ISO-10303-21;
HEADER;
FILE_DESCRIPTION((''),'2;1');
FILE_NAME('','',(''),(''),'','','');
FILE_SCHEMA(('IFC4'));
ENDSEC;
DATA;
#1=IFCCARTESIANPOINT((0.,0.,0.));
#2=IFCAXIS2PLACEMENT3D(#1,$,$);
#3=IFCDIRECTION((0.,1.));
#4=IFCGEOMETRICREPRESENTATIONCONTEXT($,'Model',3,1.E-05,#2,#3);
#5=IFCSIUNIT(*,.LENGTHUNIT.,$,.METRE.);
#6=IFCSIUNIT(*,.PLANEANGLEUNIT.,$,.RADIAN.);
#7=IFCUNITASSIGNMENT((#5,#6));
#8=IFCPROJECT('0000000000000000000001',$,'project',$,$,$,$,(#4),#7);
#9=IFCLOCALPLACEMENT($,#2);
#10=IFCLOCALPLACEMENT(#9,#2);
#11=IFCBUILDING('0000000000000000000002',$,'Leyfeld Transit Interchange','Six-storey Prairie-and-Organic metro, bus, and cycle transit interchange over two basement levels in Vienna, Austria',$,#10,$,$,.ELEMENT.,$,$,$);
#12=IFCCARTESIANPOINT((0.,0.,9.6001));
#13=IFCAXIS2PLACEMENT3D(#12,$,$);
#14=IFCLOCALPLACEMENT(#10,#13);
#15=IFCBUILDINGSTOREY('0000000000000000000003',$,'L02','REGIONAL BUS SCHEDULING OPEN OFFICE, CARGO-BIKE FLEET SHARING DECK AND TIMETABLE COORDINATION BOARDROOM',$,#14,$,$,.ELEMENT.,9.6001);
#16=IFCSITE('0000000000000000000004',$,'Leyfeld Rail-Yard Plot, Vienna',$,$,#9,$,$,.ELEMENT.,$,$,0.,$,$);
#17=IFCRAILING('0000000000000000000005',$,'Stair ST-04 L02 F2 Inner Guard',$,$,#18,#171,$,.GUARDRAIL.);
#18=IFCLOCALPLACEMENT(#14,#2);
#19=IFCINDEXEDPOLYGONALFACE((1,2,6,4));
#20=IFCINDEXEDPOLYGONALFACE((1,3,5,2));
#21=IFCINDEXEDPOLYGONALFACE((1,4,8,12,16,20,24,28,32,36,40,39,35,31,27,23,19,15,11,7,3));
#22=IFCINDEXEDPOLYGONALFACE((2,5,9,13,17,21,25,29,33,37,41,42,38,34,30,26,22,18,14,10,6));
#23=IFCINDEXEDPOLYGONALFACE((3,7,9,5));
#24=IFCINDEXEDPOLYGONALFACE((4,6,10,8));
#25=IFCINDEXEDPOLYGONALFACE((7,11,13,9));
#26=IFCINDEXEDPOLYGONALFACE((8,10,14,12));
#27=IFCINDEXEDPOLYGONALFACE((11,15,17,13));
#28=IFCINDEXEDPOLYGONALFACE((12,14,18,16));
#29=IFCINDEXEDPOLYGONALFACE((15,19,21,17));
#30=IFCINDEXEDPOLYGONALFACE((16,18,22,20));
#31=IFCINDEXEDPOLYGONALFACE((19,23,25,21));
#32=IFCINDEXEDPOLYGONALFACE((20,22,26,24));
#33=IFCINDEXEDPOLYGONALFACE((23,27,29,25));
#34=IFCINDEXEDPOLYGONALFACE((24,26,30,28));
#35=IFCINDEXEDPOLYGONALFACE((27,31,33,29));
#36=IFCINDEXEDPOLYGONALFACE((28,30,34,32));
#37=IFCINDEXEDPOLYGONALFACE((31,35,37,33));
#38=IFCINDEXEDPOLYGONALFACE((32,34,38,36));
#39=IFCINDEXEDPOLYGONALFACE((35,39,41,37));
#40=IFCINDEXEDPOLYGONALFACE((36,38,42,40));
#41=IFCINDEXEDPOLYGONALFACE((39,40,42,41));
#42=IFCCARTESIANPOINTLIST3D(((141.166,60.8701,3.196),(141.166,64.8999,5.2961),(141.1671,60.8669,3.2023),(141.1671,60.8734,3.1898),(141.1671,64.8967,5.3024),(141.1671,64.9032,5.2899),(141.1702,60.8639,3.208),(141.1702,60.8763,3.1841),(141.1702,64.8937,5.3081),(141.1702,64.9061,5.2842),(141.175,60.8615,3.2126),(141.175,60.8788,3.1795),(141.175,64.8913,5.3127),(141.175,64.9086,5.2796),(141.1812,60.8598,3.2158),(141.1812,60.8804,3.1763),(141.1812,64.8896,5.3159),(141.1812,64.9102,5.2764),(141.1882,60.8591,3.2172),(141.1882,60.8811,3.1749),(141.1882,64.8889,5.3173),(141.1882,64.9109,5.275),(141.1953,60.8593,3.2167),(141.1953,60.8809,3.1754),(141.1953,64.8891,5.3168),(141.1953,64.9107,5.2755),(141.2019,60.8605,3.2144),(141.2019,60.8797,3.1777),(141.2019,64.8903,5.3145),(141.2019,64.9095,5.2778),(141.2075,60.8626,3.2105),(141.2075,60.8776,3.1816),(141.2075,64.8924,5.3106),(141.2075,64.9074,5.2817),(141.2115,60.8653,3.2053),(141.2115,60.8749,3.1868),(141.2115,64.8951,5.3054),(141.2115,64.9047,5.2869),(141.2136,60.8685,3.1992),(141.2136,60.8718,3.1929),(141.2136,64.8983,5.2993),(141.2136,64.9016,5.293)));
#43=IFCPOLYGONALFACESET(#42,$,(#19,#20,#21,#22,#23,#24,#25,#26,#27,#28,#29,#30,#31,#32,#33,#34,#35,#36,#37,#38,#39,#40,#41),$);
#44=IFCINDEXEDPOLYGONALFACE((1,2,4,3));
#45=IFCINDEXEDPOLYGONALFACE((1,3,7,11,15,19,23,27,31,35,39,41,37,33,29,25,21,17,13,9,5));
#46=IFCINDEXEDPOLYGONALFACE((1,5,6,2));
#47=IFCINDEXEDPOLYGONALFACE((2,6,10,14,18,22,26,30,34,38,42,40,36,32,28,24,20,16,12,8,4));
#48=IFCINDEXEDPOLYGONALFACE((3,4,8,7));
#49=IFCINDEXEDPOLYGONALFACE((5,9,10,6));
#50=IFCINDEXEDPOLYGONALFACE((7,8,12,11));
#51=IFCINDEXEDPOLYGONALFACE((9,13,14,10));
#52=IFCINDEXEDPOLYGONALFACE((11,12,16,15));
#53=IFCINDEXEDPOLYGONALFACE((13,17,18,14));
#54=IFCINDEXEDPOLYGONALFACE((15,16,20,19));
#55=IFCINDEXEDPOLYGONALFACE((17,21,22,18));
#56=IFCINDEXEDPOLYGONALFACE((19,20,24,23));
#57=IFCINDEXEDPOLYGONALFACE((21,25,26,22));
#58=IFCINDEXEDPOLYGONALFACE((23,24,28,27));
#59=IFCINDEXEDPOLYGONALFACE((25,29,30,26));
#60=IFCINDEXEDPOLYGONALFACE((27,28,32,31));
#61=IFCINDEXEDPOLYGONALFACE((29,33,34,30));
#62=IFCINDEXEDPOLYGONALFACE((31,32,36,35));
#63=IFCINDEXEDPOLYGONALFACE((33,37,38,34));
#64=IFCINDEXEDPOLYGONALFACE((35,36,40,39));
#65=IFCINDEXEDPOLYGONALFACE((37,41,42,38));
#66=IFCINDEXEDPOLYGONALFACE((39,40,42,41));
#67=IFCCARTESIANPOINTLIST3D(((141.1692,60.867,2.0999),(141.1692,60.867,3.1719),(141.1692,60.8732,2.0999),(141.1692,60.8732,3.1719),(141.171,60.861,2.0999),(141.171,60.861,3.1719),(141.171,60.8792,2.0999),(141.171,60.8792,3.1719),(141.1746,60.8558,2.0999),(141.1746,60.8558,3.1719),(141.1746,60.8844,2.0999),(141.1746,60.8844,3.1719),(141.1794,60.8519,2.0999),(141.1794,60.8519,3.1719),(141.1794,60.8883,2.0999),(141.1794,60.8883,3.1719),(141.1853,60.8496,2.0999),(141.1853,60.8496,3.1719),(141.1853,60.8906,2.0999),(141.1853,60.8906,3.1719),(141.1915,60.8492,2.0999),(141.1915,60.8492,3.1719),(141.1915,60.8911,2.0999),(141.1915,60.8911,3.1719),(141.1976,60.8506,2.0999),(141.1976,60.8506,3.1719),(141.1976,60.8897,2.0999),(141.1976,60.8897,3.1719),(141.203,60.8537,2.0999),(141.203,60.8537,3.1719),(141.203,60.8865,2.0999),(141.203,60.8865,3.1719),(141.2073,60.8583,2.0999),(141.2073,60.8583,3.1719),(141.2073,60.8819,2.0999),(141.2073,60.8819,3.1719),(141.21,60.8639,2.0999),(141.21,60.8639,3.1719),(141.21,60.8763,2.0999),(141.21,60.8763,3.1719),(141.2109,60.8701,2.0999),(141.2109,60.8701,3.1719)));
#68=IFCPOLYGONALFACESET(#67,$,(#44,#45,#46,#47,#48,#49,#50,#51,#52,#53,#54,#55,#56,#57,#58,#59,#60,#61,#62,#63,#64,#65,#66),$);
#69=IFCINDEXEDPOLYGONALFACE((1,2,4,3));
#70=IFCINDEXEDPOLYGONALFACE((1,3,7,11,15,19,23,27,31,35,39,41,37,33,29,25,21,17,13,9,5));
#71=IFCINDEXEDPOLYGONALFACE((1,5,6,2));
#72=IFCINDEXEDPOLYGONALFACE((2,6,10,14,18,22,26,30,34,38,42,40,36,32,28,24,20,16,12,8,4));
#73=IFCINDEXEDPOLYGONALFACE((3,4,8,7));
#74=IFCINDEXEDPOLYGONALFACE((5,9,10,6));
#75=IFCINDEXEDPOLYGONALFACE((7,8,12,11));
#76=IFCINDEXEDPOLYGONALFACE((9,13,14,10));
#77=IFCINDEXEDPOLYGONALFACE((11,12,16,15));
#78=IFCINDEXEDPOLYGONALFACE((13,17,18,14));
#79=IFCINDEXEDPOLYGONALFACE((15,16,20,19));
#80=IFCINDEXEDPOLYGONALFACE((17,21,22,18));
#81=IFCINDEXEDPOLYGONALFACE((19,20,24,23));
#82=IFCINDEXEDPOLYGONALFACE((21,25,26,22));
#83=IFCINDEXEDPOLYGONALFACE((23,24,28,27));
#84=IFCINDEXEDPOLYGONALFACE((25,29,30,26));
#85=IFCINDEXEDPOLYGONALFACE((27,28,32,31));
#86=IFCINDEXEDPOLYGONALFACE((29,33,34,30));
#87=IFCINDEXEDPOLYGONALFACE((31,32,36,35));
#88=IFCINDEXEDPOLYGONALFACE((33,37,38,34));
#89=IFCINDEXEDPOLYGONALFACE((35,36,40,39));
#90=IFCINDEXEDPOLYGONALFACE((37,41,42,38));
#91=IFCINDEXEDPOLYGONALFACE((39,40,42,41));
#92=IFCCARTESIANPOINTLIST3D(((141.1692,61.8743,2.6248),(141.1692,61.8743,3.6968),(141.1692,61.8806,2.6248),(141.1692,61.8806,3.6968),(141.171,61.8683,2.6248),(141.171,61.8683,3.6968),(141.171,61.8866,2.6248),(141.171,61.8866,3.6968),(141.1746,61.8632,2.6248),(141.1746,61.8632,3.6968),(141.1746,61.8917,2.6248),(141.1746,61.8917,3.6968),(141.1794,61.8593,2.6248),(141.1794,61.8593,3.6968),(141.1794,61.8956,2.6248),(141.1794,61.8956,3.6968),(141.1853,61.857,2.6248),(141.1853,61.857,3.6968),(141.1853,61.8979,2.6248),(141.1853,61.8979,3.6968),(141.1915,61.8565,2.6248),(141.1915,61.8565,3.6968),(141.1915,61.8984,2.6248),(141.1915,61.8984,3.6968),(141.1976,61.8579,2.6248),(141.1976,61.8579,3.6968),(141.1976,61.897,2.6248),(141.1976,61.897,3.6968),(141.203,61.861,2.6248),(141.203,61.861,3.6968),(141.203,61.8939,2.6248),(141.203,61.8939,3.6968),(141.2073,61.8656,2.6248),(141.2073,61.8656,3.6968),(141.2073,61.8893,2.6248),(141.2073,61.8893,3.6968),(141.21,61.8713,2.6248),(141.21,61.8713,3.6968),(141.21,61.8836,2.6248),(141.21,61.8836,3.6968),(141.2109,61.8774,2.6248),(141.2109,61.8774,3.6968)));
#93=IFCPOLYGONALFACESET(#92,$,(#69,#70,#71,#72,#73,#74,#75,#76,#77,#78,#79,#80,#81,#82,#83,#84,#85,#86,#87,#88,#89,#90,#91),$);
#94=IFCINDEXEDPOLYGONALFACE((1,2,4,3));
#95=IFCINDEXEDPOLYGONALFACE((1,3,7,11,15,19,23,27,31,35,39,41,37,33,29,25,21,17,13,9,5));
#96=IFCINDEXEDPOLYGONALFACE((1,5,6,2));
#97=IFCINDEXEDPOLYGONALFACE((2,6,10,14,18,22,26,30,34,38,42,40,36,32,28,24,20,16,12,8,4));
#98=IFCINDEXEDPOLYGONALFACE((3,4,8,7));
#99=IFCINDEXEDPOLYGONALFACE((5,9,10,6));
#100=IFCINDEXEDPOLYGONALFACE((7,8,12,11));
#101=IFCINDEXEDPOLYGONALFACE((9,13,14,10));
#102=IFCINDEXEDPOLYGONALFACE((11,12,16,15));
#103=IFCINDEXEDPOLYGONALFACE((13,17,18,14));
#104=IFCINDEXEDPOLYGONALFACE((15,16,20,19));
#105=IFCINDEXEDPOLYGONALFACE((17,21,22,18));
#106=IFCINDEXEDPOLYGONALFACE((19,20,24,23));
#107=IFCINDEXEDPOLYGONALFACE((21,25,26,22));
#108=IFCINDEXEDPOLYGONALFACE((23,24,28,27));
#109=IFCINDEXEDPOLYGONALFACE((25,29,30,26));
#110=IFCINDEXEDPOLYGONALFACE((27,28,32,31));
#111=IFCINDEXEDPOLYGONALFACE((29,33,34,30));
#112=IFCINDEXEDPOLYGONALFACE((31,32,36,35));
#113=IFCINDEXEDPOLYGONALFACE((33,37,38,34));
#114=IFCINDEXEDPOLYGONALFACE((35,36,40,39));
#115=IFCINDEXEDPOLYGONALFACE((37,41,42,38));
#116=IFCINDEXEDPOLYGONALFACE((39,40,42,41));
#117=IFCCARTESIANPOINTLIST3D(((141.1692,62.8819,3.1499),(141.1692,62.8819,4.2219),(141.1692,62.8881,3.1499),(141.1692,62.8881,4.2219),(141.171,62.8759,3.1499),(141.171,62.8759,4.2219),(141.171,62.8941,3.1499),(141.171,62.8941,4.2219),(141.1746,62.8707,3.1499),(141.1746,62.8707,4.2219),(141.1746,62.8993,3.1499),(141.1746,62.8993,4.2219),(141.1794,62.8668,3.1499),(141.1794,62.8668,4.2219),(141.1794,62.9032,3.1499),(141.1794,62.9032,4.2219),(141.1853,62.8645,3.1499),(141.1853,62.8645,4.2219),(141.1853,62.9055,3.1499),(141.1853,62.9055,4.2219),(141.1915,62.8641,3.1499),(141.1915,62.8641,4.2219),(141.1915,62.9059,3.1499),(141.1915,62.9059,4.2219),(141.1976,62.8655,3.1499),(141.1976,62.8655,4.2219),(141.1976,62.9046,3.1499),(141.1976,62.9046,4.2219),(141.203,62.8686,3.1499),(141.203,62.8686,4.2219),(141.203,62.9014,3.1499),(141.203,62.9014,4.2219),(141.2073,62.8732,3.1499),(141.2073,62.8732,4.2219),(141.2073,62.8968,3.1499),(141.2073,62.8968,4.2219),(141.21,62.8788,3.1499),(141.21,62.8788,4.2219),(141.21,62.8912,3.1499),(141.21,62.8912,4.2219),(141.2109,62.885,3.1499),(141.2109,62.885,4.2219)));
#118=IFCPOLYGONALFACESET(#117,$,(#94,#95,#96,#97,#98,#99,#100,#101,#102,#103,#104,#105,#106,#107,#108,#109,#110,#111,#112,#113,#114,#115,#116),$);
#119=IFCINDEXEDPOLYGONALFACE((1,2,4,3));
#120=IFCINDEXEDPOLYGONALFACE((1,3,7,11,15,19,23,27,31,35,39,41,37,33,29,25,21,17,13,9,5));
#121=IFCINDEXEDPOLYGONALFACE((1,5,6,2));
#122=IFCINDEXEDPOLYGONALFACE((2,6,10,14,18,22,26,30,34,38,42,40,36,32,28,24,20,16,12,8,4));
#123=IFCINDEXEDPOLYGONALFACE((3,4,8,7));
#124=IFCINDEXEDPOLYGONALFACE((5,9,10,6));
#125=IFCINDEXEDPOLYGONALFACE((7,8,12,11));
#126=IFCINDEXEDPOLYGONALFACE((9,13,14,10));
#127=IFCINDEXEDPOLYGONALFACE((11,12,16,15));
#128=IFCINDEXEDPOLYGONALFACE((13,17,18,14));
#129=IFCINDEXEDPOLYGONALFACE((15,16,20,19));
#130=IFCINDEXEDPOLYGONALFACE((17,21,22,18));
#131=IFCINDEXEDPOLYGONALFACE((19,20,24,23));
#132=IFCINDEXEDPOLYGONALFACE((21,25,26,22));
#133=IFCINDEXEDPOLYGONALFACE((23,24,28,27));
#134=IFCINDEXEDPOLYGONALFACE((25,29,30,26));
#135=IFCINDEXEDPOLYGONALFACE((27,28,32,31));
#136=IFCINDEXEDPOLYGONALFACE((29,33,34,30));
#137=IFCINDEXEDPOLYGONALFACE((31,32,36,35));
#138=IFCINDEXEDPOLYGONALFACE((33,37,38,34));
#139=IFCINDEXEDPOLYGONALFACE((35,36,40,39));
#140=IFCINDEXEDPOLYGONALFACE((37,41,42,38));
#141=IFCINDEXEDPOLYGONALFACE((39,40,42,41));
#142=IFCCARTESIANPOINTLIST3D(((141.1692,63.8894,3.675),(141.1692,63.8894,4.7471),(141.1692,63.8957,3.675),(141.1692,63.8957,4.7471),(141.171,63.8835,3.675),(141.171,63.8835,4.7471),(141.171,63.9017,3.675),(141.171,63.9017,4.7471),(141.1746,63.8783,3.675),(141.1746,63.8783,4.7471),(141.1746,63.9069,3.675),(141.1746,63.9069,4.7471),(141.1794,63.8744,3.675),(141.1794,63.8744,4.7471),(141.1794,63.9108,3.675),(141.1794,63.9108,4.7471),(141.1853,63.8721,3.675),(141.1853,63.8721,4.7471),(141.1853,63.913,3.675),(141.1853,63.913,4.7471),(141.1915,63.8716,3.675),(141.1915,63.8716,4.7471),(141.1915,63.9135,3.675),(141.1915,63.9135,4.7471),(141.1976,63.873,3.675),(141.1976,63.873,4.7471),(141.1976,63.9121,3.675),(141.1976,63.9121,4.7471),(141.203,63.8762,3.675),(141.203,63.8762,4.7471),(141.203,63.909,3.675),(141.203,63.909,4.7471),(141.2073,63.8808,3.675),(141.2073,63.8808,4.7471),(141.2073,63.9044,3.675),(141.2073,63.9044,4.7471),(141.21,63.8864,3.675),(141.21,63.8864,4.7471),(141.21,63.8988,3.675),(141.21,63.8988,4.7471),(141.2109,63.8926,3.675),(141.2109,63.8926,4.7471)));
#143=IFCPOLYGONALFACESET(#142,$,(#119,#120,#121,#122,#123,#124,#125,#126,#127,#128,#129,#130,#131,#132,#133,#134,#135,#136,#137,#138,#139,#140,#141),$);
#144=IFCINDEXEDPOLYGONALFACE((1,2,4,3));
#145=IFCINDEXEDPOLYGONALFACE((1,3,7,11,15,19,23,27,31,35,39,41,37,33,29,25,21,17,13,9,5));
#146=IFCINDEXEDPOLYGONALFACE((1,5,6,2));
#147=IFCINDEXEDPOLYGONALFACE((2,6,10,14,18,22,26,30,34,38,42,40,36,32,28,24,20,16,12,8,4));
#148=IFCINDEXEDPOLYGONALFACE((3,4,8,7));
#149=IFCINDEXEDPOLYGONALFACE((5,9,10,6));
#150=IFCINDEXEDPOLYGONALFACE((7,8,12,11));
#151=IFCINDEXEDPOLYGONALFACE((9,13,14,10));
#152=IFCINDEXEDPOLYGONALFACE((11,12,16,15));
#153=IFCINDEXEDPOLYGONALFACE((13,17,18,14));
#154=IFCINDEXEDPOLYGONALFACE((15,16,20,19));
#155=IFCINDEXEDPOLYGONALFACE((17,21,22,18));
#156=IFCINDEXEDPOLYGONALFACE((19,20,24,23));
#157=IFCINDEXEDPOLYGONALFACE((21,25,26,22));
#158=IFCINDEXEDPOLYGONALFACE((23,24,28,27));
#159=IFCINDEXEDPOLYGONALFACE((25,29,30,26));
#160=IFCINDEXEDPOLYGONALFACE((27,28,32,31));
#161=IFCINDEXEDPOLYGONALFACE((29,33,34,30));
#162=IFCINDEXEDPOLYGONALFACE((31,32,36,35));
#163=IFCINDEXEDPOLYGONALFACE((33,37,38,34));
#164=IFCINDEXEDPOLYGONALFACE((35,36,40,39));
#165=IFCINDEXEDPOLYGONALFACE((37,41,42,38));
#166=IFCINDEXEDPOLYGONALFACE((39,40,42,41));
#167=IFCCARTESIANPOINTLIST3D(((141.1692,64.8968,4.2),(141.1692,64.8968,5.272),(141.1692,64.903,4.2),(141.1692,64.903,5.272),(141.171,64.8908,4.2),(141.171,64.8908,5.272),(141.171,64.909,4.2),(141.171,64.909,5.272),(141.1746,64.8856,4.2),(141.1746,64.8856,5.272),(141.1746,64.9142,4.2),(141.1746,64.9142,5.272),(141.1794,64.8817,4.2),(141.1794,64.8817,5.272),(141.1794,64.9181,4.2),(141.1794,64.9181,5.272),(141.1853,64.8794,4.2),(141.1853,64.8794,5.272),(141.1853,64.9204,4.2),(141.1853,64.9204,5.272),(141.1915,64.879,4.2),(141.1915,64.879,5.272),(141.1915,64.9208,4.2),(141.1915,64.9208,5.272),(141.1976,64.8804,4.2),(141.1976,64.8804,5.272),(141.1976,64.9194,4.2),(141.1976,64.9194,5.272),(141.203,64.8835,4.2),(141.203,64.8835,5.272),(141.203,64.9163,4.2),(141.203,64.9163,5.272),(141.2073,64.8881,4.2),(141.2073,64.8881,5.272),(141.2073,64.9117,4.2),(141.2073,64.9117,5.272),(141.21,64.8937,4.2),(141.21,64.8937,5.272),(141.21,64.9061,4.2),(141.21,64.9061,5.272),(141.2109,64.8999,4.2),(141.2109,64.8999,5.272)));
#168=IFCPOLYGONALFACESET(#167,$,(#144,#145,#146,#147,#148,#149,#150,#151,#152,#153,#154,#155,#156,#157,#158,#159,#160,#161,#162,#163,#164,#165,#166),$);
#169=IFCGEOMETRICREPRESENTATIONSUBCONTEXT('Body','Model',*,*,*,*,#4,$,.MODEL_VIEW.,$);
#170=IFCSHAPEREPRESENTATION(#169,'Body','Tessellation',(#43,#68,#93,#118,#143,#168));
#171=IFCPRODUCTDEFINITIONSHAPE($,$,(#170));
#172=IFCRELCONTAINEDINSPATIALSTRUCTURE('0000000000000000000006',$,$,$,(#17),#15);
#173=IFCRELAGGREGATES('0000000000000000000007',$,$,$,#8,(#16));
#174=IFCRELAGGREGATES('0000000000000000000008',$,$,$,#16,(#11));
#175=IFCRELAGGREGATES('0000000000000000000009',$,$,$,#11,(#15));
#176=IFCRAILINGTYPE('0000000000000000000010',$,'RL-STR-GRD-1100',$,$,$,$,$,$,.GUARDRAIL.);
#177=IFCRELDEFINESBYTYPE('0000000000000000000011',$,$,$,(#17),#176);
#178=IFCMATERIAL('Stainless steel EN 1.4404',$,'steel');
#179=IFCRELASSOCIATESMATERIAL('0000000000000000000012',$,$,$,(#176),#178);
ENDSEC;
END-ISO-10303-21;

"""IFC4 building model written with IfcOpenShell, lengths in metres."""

from ifc_helpers import new_model, si_unit, direction, frame, origin, origin_2d, place, context, subcontext, project, spatial, circle, extrude, material, type_object, element, save


model = new_model("IFC4")

# Units and contexts
model_context = context("Model", 3, precision=1e-05, world=origin(), true_north=direction((0.0, 1.0)))
body_context = subcontext(model_context, "Body", "Model", "MODEL_VIEW")
ifc_project = project(units=[si_unit("LENGTHUNIT", "METRE"), si_unit("PLANEANGLEUNIT", "RADIAN")], contexts=[model_context])

# Site, building, storey
site_placement = place(None, origin())
site = spatial("IfcSite", under=ifc_project, at=site_placement, Name="Leyfeld Rail-Yard Plot, Vienna", CompositionType="ELEMENT", RefElevation=0.0)
building_placement = place(site_placement, origin())
building = spatial("IfcBuilding", under=site, at=building_placement, Name="Leyfeld Transit Interchange", Description="Six-storey Prairie-and-Organic metro, bus, and cycle transit interchange over two basement levels in Vienna, Austria", CompositionType="ELEMENT")
storey_placement = place(building_placement, frame((0.0, 0.0, 9.6001)))
storey = spatial("IfcBuildingStorey", under=building, at=storey_placement, Name="L02", Description="REGIONAL BUS SCHEDULING OPEN OFFICE, CARGO-BIKE FLEET SHARING DECK AND TIMETABLE COORDINATION BOARDROOM", CompositionType="ELEMENT", Elevation=9.6001)

# Railing
ifc_material_1 = material(Name="Stainless steel EN 1.4404", Category="steel")
railing_type_1 = type_object("IfcRailingType", Name="RL-STR-GRD-1100", PredefinedType="GUARDRAIL", material=ifc_material_1)
for number, where, name in (
    (1, (141.1899, 60.8701, 2.0999), "Stair ST-04 L02 F2 Inner Guard"),
):
    element("IfcRailing", number, at=place(storey_placement, frame(where)), inside=storey, type_object=railing_type_1, Name=name, PredefinedType="GUARDRAIL", context=body_context, shape_type="SweptSolid", body=[
        extrude(circle(Radius=0.0239, at=origin_2d()), frame((0.0, 0.0, 1.0962), z_axis=(0.0, 0.886801, 0.462151), x_axis=(-1.0, 0.0, 0.0)), (0.0, 0.0, 1.0), 4.5442),
        extrude(circle(Radius=0.021, at=origin_2d()), origin(), (0.0, 0.0, 1.0), 1.072),
        extrude(circle(Radius=0.021, at=origin_2d()), frame((0.0, 1.0073, 0.5249)), (0.0, 0.0, 1.0), 1.072),
        extrude(circle(Radius=0.021, at=origin_2d()), frame((0.0, 2.0149, 1.05)), (0.0, 0.0, 1.0), 1.072),
        extrude(circle(Radius=0.021, at=origin_2d()), frame((0.0, 3.0225, 1.5752)), (0.0, 0.0, 1.0), 1.072),
        extrude(circle(Radius=0.021, at=origin_2d()), frame((0.0, 4.0298, 2.1001)), (0.0, 0.0, 1.0), 1.072),
    ])

save(model, "model.ifc")
